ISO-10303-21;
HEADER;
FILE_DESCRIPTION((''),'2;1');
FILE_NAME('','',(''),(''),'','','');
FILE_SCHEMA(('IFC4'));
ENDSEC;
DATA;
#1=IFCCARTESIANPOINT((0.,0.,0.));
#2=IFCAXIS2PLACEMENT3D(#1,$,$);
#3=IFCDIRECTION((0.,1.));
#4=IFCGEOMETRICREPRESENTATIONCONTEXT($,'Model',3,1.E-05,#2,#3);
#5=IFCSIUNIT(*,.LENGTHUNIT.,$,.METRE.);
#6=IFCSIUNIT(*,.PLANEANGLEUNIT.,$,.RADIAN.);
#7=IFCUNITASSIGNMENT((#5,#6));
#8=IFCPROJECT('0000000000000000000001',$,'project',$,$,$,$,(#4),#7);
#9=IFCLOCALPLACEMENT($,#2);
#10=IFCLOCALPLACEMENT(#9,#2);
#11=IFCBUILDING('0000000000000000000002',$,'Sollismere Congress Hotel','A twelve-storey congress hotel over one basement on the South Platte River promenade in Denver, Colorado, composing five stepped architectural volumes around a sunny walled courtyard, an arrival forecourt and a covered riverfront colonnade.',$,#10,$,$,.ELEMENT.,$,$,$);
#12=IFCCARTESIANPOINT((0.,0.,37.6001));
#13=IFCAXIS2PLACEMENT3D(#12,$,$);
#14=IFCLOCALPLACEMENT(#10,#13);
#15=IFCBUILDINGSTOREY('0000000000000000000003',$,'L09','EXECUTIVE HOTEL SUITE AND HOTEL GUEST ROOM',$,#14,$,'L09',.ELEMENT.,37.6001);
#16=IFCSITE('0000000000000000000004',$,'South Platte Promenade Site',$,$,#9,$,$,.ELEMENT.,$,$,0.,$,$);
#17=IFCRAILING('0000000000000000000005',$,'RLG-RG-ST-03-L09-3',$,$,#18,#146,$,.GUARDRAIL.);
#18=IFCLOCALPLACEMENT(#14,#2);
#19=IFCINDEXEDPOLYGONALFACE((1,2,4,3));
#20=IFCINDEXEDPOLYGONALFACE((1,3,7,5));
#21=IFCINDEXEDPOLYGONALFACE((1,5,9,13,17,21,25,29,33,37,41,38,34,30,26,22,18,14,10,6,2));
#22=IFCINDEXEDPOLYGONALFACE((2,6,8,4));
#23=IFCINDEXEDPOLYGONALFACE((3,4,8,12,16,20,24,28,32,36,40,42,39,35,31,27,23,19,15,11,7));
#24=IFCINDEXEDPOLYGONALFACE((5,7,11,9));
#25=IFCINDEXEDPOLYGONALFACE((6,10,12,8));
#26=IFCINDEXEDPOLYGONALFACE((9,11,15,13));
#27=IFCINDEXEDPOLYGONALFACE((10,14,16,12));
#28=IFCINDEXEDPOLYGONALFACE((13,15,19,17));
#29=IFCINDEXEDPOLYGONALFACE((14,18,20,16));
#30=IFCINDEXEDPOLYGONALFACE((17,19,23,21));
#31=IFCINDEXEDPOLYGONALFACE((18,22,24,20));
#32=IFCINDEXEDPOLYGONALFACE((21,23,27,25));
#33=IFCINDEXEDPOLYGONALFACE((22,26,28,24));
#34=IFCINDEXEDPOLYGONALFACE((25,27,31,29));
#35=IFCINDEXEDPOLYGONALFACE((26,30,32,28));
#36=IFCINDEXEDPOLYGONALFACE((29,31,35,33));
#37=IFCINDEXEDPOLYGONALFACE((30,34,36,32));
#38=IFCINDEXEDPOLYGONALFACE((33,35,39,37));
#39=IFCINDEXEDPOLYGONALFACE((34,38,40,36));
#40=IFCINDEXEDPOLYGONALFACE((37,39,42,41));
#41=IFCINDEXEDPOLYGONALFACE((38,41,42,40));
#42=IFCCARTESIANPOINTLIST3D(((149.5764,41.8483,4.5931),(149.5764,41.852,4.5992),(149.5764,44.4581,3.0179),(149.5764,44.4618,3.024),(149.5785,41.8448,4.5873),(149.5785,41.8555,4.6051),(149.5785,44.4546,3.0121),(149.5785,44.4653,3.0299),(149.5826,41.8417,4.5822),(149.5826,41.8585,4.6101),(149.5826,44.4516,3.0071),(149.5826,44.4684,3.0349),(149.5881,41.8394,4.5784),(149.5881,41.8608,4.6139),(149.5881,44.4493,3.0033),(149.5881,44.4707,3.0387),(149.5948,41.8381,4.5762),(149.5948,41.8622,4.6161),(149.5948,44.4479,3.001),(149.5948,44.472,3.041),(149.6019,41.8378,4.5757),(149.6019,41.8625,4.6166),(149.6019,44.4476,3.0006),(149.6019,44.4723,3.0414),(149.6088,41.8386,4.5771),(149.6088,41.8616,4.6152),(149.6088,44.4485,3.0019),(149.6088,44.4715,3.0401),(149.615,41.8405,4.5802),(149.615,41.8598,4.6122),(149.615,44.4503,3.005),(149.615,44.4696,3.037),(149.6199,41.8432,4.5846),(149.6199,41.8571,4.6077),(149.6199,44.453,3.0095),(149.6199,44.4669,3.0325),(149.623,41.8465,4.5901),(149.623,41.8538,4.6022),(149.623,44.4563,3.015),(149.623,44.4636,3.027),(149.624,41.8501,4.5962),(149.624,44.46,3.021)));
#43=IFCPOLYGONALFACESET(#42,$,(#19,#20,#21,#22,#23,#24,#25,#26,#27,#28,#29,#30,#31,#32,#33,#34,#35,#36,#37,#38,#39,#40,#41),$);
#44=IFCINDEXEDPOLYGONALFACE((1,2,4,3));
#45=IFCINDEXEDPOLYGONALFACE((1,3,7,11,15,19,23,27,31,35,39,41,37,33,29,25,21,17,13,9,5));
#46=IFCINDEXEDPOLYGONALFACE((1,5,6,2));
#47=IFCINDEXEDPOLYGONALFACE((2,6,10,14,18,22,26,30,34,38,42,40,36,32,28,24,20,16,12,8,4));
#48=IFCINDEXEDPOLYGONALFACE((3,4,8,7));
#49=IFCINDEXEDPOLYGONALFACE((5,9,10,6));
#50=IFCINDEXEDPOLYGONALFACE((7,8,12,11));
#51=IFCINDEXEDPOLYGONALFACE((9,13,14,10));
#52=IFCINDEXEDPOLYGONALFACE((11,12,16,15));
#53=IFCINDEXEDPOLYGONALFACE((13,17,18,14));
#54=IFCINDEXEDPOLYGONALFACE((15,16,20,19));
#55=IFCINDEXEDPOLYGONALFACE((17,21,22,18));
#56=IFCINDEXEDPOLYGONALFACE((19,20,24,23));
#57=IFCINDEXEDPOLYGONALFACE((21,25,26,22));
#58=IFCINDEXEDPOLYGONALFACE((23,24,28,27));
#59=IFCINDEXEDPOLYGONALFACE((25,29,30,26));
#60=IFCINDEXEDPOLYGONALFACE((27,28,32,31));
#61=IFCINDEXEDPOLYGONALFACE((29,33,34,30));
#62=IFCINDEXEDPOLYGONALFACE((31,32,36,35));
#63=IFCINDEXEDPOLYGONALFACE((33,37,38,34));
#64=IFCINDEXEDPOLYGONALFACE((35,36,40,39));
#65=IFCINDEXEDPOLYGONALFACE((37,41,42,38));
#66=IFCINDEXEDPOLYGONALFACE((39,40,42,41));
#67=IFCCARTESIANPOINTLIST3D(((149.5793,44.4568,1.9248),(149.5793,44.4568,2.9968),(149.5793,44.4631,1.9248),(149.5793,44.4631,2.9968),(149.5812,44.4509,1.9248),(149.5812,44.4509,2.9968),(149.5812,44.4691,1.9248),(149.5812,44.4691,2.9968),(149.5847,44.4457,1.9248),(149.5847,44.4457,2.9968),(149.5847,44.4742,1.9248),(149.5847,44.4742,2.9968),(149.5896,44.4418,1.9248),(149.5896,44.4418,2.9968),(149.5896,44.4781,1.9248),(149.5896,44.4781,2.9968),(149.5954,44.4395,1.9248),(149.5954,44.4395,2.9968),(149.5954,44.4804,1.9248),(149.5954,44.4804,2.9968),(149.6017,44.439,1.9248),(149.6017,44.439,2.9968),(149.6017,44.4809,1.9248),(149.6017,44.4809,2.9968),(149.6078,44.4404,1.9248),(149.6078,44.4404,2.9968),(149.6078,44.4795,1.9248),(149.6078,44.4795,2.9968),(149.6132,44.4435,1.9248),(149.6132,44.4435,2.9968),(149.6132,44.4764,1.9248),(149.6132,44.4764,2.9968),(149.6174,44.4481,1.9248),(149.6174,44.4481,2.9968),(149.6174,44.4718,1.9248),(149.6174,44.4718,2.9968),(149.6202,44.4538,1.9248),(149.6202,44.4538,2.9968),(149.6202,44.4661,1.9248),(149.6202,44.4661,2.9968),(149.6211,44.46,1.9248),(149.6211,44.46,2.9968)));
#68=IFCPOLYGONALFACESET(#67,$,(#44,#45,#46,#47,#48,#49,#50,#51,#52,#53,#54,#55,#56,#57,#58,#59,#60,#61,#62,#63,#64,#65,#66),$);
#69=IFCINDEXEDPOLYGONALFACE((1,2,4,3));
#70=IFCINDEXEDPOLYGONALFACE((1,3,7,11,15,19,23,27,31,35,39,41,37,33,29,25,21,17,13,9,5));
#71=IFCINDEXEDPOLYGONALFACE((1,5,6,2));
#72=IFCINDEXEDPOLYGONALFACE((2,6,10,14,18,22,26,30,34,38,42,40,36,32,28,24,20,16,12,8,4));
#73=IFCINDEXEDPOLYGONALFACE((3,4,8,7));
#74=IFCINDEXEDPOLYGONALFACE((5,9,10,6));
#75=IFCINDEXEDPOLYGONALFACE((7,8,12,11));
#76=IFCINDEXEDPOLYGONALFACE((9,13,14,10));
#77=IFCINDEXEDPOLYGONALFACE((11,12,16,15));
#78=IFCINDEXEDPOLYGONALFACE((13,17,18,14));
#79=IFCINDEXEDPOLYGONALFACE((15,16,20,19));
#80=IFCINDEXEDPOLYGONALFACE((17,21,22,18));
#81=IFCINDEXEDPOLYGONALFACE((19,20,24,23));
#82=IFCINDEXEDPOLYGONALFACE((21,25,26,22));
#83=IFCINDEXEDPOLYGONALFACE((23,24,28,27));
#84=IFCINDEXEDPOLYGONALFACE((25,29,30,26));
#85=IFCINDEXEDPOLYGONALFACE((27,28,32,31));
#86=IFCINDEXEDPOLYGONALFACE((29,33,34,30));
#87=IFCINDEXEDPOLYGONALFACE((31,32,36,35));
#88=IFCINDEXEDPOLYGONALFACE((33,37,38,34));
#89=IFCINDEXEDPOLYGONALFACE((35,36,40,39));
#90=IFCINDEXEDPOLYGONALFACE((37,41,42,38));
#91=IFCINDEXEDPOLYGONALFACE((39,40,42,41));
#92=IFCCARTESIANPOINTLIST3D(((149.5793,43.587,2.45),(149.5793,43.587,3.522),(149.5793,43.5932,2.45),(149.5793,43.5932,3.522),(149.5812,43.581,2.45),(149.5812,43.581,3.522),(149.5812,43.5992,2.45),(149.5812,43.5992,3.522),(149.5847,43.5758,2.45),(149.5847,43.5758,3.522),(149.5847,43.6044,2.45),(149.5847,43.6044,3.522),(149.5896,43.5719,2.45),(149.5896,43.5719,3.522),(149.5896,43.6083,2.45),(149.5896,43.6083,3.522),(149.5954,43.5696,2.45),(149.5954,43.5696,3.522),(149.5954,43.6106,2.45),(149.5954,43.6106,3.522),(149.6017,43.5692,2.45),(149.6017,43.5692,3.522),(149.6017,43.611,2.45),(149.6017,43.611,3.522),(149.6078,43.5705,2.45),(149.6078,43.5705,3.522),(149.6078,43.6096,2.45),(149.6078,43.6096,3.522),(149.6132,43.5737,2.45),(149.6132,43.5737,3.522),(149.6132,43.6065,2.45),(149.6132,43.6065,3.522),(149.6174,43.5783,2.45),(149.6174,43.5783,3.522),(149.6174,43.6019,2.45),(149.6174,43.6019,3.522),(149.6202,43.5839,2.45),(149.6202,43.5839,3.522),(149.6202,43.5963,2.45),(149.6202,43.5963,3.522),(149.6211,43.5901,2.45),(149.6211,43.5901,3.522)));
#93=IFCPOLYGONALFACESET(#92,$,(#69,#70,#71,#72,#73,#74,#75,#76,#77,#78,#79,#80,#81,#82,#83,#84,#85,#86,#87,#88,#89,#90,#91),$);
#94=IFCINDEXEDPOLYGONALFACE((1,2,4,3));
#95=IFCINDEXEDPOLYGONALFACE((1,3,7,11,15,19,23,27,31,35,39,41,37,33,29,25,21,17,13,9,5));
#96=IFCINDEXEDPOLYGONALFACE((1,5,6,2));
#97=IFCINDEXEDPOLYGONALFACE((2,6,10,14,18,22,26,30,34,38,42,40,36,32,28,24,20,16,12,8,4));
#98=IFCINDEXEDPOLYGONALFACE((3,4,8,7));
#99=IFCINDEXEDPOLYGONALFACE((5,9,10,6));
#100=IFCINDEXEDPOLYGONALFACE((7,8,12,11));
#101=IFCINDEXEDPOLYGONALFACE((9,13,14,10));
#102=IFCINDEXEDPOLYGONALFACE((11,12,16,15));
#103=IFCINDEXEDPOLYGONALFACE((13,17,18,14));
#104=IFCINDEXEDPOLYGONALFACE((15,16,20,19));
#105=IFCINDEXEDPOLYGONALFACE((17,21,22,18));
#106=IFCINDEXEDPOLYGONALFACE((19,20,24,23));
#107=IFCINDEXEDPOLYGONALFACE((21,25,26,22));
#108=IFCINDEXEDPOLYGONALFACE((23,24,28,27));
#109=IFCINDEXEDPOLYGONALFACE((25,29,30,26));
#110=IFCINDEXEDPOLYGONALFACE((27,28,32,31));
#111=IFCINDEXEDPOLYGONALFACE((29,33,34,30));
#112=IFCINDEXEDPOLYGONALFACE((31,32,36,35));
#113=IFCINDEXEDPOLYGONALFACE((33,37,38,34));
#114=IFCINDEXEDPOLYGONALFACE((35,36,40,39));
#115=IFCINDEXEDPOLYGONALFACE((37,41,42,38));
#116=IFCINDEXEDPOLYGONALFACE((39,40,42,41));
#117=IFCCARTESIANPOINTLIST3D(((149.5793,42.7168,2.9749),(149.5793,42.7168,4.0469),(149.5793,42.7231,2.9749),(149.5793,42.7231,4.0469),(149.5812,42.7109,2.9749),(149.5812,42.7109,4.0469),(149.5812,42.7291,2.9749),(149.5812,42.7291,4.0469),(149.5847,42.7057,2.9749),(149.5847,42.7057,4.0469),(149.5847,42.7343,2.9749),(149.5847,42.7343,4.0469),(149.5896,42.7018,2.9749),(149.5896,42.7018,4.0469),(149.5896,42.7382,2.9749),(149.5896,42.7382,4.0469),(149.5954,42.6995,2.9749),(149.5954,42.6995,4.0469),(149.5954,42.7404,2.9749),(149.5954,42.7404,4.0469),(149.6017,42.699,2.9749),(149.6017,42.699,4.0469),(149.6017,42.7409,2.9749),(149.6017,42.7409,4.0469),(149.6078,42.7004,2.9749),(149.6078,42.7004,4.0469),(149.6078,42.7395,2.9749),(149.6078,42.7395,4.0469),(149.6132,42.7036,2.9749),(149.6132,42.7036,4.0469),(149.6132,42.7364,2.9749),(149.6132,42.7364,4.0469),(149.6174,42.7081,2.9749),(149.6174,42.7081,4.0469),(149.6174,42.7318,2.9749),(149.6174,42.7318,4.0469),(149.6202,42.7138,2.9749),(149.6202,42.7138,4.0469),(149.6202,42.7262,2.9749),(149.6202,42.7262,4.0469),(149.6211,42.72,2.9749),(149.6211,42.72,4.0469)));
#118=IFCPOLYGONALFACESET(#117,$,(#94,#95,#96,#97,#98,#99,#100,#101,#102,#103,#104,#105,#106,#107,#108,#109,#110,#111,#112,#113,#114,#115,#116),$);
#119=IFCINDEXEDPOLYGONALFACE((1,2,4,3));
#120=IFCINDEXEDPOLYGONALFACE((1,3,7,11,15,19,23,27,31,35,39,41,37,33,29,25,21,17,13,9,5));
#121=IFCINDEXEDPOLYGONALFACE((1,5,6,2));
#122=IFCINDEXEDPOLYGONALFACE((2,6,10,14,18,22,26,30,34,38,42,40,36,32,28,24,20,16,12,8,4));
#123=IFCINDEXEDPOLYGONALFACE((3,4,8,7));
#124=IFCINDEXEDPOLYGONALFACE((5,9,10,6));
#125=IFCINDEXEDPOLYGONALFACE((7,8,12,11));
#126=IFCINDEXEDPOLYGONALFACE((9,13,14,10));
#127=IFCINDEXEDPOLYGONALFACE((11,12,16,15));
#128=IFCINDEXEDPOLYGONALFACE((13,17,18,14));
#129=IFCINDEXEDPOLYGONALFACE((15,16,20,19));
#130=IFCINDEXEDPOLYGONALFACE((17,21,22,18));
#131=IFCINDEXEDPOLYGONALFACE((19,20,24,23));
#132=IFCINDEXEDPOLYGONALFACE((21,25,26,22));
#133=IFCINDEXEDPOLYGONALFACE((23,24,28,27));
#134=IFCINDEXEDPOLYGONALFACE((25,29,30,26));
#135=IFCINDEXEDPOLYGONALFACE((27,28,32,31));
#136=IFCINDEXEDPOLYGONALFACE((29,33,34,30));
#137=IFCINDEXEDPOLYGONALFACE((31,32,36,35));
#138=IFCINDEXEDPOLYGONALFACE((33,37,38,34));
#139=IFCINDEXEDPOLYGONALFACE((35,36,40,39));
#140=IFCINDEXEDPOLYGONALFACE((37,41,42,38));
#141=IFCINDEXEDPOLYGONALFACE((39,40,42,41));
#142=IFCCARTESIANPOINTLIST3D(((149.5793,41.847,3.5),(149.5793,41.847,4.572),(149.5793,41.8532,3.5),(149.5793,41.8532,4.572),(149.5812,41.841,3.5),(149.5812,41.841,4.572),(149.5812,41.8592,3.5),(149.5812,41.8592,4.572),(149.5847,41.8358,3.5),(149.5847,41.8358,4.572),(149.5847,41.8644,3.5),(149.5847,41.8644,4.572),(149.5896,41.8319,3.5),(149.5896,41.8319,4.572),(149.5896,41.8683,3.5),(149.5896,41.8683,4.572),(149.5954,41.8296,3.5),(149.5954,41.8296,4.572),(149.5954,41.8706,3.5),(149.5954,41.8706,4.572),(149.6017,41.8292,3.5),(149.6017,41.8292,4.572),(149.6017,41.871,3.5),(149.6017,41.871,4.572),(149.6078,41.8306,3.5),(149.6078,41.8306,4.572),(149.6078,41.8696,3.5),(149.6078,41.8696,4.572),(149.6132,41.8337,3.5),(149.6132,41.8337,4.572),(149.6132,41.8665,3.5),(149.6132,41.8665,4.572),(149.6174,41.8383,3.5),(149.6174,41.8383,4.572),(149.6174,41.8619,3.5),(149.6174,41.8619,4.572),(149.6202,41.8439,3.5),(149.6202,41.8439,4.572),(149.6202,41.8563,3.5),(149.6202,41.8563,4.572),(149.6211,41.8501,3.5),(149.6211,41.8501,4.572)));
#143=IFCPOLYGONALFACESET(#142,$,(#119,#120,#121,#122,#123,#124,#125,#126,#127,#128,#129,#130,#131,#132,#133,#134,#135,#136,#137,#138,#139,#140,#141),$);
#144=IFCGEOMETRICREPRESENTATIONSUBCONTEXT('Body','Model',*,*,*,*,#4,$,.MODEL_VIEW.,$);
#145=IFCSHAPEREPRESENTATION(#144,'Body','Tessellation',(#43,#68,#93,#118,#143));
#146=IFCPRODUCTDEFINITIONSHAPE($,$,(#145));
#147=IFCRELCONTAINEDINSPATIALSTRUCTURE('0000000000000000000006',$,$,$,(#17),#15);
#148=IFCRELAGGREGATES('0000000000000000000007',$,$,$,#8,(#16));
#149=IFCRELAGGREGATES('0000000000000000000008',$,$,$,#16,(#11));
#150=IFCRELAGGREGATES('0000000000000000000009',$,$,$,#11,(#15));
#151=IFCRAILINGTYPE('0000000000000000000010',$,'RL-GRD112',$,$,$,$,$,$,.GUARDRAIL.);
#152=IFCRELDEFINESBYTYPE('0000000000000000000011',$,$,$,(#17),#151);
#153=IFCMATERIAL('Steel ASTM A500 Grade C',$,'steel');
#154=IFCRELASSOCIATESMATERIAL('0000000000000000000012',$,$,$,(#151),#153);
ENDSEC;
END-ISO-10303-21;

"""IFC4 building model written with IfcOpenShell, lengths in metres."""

from ifc_helpers import new_model, si_unit, direction, frame, origin, origin_2d, place, context, subcontext, project, spatial, circle, extrude, material, type_object, element, save


model = new_model("IFC4")

# Units and contexts
model_context = context("Model", 3, precision=1e-05, world=origin(), true_north=direction((0.0, 1.0)))
body_context = subcontext(model_context, "Body", "Model", "MODEL_VIEW")
ifc_project = project(units=[si_unit("LENGTHUNIT", "METRE"), si_unit("PLANEANGLEUNIT", "RADIAN")], contexts=[model_context])

# Site, building, storey
site_placement = place(None, origin())
site = spatial("IfcSite", under=ifc_project, at=site_placement, Name="South Platte Promenade Site", CompositionType="ELEMENT", RefElevation=0.0)
building_placement = place(site_placement, origin())
building = spatial("IfcBuilding", under=site, at=building_placement, Name="Sollismere Congress Hotel", Description="A twelve-storey congress hotel over one basement on the South Platte River promenade in Denver, Colorado, composing five stepped architectural volumes around a sunny walled courtyard, an arrival forecourt and a covered riverfront colonnade.", CompositionType="ELEMENT")
storey_placement = place(building_placement, frame((0.0, 0.0, 37.6001)))
storey = spatial("IfcBuildingStorey", under=building, at=storey_placement, Name="L09", Description="EXECUTIVE HOTEL SUITE AND HOTEL GUEST ROOM", LongName="L09", CompositionType="ELEMENT", Elevation=37.6001)

# Railing
ifc_material_1 = material(Name="Steel ASTM A500 Grade C", Category="steel")
railing_type_1 = type_object("IfcRailingType", Name="RL-GRD112", PredefinedType="GUARDRAIL", material=ifc_material_1)
railing_1_placement = place(storey_placement, frame((149.6001, 44.46, 1.9248)))
element("IfcRailing", 1, at=railing_1_placement, inside=storey, type_object=railing_type_1, Name="RLG-RG-ST-03-L09-3", PredefinedType="GUARDRAIL", context=body_context, shape_type="SweptSolid", body=[
    extrude(circle(Radius=0.0239, at=origin_2d()), frame((0.0, 0.0, 1.0962), z_axis=(0.0, -0.856147, 0.516732), x_axis=(1.0, 0.0, 0.0)), (0.0, 0.0, 1.0), 3.0483),
    extrude(circle(Radius=0.021, at=origin_2d()), origin(), (0.0, 0.0, 1.0), 1.072),
    extrude(circle(Radius=0.021, at=origin_2d()), frame((0.0, -0.8699, 0.5251)), (0.0, 0.0, 1.0), 1.072),
    extrude(circle(Radius=0.021, at=origin_2d()), frame((0.0, -1.74, 1.05)), (0.0, 0.0, 1.0), 1.072),
    extrude(circle(Radius=0.021, at=origin_2d()), frame((0.0, -2.6099, 1.5752)), (0.0, 0.0, 1.0), 1.072),
])

save(model, "model.ifc")
